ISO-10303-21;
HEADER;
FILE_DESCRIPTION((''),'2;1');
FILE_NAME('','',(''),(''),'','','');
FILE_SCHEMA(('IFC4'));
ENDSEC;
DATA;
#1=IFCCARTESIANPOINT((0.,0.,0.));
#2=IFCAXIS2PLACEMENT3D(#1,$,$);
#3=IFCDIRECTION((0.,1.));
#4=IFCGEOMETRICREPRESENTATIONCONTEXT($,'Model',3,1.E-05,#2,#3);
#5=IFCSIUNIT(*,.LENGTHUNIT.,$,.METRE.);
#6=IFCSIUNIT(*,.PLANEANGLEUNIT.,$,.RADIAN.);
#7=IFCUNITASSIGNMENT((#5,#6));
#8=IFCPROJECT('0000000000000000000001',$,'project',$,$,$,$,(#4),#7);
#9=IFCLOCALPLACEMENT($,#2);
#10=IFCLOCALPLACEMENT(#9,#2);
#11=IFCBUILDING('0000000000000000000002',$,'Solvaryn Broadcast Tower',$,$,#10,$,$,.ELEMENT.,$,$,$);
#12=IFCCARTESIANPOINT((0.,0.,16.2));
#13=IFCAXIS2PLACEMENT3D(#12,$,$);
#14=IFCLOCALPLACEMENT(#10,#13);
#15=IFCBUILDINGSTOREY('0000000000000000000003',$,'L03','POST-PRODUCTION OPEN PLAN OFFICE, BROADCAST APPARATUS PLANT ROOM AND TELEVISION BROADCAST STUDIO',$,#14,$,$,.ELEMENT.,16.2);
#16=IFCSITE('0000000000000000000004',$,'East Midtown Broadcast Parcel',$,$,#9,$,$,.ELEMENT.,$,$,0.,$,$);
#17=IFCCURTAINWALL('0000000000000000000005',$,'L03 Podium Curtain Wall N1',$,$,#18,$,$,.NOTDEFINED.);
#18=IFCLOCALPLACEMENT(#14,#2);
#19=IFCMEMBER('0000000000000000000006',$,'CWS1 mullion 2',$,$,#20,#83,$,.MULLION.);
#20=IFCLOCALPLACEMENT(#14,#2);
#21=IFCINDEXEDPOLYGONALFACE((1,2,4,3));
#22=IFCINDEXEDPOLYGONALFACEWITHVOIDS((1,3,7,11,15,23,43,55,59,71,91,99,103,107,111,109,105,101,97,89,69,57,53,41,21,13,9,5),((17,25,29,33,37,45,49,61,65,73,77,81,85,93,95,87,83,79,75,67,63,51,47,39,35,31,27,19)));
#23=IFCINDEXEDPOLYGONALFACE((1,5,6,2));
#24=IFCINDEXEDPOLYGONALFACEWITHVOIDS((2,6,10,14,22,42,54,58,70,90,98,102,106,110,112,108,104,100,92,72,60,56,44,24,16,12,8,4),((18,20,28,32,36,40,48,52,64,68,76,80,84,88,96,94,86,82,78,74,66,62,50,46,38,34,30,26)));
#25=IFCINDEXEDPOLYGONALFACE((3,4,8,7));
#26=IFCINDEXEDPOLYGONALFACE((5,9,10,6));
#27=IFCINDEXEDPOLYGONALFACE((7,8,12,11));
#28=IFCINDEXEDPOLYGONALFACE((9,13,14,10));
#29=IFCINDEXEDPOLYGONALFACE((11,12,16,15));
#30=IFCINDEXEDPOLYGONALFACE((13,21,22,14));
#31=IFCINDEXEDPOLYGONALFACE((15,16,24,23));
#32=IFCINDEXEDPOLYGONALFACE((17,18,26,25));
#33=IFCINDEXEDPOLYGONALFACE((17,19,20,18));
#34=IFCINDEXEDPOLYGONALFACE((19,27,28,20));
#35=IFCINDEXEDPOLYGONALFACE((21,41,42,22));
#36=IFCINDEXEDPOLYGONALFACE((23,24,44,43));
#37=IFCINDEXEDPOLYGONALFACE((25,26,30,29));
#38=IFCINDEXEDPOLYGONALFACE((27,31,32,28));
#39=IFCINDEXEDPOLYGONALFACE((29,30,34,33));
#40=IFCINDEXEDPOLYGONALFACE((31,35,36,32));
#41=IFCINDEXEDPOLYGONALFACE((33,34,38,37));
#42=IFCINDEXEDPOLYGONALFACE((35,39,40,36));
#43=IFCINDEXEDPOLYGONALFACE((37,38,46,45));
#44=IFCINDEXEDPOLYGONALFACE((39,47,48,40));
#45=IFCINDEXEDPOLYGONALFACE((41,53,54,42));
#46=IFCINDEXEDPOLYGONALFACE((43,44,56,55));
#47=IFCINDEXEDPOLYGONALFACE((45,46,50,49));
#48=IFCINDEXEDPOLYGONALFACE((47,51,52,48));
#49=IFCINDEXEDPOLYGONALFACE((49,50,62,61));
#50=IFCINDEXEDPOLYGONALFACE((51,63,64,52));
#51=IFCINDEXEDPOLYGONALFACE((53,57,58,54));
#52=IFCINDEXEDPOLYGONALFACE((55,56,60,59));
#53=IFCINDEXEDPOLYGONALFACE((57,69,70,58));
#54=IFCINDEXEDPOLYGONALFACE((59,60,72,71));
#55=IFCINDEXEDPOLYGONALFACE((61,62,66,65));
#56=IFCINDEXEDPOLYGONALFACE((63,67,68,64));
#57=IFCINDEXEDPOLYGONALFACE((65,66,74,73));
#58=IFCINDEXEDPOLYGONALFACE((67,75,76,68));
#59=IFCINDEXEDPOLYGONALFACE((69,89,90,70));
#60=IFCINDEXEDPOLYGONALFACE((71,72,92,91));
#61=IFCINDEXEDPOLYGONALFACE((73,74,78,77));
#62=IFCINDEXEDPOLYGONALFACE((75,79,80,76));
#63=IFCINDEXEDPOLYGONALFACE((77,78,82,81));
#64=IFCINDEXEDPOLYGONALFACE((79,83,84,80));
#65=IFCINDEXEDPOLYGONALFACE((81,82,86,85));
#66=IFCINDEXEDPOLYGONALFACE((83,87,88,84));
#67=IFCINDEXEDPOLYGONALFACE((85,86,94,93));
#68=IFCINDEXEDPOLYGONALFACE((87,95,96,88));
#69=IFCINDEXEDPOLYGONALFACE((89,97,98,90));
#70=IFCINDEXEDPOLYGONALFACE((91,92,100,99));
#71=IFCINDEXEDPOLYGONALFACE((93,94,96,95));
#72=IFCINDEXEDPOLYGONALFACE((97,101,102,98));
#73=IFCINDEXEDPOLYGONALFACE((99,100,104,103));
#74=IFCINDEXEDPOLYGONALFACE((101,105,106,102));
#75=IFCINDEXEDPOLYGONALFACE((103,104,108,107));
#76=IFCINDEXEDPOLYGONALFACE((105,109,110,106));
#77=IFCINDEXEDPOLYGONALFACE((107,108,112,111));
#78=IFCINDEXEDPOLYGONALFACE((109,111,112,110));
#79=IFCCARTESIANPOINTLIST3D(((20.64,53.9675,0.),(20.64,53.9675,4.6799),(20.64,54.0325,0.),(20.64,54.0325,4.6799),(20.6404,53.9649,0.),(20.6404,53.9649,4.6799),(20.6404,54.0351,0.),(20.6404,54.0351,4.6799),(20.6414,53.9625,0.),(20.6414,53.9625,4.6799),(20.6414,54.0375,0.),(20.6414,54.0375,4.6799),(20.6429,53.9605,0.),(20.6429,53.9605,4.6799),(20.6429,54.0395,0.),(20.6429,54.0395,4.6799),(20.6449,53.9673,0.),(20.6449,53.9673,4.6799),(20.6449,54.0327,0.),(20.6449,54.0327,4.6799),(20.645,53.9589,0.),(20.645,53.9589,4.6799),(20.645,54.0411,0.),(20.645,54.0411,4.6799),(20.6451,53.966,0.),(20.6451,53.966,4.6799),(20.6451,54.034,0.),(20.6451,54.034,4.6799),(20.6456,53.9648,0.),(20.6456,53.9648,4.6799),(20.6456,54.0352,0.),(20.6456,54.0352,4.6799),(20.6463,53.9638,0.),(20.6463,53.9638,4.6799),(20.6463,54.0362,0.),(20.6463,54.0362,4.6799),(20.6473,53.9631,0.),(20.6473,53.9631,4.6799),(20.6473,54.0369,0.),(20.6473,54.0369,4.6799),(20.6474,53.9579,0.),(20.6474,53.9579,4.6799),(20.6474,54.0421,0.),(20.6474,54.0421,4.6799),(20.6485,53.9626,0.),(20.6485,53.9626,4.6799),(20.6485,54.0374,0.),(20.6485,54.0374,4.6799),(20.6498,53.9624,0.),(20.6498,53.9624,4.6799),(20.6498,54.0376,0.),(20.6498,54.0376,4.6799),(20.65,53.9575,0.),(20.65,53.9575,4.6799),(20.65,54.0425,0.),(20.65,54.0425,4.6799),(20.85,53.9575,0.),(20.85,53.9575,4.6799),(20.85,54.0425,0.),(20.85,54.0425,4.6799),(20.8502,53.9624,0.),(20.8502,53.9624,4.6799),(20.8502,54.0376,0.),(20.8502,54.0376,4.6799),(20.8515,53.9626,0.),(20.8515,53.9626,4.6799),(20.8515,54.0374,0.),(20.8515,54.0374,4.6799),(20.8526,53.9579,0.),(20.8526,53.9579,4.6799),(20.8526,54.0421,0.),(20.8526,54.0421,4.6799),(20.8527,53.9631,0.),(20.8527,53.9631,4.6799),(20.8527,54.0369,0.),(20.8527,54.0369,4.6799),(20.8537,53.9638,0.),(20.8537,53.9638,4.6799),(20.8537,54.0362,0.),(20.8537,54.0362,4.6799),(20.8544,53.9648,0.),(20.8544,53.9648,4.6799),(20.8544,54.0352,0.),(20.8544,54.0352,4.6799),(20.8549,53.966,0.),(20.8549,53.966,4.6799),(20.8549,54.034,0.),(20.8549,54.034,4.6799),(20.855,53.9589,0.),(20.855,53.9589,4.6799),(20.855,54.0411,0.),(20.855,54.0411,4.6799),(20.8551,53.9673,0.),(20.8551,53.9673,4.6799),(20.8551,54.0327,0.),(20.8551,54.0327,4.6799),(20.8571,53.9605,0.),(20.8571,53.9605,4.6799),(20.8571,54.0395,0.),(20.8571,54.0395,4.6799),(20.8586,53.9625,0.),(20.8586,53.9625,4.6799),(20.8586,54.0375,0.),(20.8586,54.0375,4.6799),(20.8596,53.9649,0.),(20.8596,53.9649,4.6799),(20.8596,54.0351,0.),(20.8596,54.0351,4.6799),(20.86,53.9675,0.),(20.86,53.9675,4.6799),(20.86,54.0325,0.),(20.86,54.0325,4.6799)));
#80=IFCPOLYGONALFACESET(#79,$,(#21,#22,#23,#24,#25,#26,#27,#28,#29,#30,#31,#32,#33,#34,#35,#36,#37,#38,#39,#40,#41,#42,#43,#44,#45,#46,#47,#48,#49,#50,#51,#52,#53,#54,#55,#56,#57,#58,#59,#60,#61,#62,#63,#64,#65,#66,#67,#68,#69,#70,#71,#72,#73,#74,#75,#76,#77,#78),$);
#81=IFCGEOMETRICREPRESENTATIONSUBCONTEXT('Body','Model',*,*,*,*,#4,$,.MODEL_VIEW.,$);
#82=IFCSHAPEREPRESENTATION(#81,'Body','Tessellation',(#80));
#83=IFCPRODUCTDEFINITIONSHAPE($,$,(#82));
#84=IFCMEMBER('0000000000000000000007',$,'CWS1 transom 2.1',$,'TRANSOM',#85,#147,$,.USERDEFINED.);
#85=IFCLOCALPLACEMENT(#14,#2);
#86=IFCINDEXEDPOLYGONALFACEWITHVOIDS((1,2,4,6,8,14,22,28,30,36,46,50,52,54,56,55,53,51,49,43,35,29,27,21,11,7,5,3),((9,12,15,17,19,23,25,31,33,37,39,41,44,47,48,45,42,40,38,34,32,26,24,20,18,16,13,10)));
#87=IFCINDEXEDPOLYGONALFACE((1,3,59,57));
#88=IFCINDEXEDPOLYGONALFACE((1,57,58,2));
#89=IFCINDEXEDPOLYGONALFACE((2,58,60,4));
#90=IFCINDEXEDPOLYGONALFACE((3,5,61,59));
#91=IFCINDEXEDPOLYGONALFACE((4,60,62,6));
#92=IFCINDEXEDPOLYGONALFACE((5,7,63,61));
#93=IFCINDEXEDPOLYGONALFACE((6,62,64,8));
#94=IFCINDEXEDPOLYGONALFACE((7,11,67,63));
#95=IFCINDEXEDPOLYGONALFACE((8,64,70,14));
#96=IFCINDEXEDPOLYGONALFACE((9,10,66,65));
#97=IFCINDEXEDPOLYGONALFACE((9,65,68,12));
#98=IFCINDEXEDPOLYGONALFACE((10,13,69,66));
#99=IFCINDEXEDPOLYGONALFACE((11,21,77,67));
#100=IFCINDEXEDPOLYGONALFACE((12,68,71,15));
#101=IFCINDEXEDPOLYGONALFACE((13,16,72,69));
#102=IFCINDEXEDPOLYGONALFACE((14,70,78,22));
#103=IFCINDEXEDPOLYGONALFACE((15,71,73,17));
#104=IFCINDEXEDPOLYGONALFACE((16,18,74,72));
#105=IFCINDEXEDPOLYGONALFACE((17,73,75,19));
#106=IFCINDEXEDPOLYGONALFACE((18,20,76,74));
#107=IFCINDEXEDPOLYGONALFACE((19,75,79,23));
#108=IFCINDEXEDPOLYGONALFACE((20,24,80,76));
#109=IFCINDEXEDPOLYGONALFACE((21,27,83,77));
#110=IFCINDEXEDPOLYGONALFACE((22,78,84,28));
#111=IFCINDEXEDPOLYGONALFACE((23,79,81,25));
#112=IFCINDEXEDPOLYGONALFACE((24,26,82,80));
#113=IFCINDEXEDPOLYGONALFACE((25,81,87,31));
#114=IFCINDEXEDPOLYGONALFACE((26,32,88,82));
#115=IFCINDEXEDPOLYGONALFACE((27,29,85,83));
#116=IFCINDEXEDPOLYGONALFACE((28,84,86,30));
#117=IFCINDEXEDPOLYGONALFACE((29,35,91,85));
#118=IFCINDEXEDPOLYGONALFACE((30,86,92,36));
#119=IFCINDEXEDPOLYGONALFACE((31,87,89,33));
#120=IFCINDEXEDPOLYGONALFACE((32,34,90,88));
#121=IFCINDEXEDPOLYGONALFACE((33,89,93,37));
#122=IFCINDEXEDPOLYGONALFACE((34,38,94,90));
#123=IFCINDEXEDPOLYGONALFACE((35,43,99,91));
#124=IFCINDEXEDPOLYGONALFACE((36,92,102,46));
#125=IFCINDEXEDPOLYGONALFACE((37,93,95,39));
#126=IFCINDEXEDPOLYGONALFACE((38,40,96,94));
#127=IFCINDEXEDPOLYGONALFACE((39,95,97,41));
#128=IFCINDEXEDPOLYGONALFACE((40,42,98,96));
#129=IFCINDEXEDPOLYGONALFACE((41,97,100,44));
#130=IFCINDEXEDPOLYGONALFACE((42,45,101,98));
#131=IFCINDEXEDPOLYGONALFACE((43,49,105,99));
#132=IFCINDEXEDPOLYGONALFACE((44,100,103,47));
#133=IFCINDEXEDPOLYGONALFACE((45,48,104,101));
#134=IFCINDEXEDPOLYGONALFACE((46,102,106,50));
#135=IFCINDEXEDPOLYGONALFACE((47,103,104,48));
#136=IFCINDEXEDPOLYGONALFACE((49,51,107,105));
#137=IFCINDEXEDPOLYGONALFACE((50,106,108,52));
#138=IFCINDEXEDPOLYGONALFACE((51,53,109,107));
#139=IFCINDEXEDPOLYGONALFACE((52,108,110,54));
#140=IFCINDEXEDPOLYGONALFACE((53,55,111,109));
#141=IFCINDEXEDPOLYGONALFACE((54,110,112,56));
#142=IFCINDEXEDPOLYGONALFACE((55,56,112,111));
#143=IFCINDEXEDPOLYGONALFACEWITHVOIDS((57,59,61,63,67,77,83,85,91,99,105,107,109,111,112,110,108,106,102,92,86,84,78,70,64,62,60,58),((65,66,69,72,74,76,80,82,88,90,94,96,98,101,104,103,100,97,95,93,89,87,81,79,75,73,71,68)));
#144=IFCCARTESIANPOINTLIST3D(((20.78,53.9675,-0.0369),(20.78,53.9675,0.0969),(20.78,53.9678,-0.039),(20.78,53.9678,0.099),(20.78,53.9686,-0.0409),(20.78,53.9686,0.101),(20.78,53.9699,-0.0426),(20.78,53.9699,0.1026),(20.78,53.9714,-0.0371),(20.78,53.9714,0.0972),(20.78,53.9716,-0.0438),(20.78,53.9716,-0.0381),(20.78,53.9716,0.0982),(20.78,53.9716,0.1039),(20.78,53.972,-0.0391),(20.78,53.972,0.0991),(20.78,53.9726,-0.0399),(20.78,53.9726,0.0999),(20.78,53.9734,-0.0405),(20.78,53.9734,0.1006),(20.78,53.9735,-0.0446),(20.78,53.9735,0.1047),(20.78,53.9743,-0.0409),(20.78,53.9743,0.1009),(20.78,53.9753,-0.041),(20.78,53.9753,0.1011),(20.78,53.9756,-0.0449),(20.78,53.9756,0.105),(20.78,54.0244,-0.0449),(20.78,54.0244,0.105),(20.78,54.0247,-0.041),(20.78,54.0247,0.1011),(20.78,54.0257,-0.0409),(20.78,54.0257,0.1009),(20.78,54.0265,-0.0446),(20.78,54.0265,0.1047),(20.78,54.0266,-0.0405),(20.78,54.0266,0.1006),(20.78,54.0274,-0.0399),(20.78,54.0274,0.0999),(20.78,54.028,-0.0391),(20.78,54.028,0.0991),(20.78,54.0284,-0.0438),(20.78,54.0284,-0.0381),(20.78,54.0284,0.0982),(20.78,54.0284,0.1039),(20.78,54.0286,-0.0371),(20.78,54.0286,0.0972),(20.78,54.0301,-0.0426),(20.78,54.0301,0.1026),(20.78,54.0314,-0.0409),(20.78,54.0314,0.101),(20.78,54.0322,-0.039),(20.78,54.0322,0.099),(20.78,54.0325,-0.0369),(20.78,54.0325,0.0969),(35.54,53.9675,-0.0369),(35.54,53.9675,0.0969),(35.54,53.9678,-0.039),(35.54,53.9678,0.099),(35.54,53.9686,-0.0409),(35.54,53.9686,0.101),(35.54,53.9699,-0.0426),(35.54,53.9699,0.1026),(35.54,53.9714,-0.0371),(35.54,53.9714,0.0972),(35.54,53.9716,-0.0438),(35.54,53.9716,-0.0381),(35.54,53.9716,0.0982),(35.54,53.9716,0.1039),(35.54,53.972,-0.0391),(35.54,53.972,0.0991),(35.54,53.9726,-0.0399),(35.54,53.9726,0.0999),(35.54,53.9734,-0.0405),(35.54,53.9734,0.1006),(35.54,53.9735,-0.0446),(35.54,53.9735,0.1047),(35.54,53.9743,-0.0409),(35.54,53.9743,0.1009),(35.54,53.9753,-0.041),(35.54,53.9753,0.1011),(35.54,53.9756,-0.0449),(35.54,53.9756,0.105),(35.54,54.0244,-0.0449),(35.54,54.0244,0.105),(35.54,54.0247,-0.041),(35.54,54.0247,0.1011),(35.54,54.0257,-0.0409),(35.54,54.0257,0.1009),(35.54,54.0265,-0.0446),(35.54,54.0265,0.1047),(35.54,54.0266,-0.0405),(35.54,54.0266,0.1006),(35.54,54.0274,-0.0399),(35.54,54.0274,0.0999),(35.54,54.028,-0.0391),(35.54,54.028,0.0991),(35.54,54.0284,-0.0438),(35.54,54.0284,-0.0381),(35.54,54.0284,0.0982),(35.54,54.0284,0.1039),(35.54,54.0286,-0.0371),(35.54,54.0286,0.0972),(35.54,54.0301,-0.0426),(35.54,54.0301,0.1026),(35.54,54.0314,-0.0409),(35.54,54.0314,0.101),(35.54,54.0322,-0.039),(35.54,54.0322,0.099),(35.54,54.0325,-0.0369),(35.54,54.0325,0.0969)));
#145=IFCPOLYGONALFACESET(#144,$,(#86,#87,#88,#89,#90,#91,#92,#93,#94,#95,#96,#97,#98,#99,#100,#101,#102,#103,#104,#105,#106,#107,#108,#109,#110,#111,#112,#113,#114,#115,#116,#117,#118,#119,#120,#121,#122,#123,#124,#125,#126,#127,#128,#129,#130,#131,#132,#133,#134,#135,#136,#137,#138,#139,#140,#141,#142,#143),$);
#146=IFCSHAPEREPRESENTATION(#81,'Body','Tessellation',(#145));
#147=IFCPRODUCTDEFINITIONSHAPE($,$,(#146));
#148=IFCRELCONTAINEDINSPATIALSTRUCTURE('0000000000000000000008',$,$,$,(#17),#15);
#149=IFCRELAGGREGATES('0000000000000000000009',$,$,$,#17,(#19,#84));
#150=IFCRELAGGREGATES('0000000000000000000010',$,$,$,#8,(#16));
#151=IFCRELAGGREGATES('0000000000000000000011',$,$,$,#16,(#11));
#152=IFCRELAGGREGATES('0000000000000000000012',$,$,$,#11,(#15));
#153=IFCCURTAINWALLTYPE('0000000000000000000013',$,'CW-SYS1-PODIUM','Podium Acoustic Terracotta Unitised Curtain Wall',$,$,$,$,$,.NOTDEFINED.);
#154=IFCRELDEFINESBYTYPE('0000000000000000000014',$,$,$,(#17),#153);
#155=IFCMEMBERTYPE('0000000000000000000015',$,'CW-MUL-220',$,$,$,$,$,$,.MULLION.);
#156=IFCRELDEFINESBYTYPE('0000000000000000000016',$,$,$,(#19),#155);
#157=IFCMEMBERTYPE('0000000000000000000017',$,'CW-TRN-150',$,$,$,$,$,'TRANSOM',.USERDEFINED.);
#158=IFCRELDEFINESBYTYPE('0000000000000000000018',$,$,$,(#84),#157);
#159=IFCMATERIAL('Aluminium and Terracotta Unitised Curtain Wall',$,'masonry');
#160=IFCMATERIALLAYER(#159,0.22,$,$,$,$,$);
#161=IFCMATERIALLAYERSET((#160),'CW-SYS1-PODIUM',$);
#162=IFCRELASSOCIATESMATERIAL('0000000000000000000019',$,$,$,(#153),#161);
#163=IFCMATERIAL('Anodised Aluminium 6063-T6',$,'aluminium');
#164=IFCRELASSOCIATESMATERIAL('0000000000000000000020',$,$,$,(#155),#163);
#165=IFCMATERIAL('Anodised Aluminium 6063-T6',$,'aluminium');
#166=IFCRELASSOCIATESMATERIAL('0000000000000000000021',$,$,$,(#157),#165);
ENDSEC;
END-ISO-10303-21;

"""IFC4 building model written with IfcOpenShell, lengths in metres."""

from ifc_helpers import new_model, si_unit, direction, frame, origin, origin_2d, place, context, subcontext, project, spatial, hollow_rectangle, extrude, material, layer, layer_set, material_profile, profile_set, type_object, element, aggregate, save


model = new_model("IFC4")

# Units and contexts
model_context = context("Model", 3, precision=1e-05, world=origin(), true_north=direction((0.0, 1.0)))
body_context = subcontext(model_context, "Body", "Model", "MODEL_VIEW")
ifc_project = project(units=[si_unit("LENGTHUNIT", "METRE"), si_unit("PLANEANGLEUNIT", "RADIAN")], contexts=[model_context])

# Site, building, storey
site_placement = place(None, origin())
site = spatial("IfcSite", under=ifc_project, at=site_placement, Name="East Midtown Broadcast Parcel", CompositionType="ELEMENT", RefElevation=0.0)
building_placement = place(site_placement, origin())
building = spatial("IfcBuilding", under=site, at=building_placement, Name="Solvaryn Broadcast Tower", CompositionType="ELEMENT")
storey_placement = place(building_placement, frame((0.0, 0.0, 16.2)))
storey = spatial("IfcBuildingStorey", under=building, at=storey_placement, Name="L03", Description="POST-PRODUCTION OPEN PLAN OFFICE, BROADCAST APPARATUS PLANT ROOM AND TELEVISION BROADCAST STUDIO", CompositionType="ELEMENT", Elevation=16.2)

# Curtain wall, members
ifc_material_1 = material(Name="Aluminium and Terracotta Unitised Curtain Wall", Category="masonry")
ifc_layer_1 = layer(ifc_material_1, 0.22)
ifc_layer_set_1 = layer_set([ifc_layer_1], Name="CW-SYS1-PODIUM")
curtain_wall_type = type_object("IfcCurtainWallType", Name="CW-SYS1-PODIUM", Description="Podium Acoustic Terracotta Unitised Curtain Wall", PredefinedType="NOTDEFINED", material=ifc_layer_set_1)
curtain_wall_placement = place(storey_placement, origin())
curtain_wall = element("IfcCurtainWall", 1, at=curtain_wall_placement, inside=storey, type_object=curtain_wall_type, Name="L03 Podium Curtain Wall N1", PredefinedType="NOTDEFINED")
ifc_material_2 = material(Name="Anodised Aluminium 6063-T6", Category="aluminium")
ifc_material_profile_1 = material_profile(ifc_material_2, hollow_rectangle(XDim=0.085, YDim=0.22, WallThickness=0.0049, InnerFilletRadius=0.0049, OuterFilletRadius=0.01, at=origin_2d()))
ifc_profile_set_1 = profile_set([ifc_material_profile_1], Name="Anodised Aluminium 6063-T6")
member_type_1 = type_object("IfcMemberType", Name="CW-MUL-220", PredefinedType="MULLION", material=ifc_profile_set_1)
member_1_placement = place(storey_placement, frame((20.75, 54.0, 0.0), z_axis=(0.0, 0.0, 1.0), x_axis=(0.0, 1.0, 0.0)))
member_1 = element("IfcMember", 2, at=member_1_placement, type_object=member_type_1, Name="CWS1 mullion 2", PredefinedType="MULLION", context=body_context, shape_type="SweptSolid", body=[
    extrude(hollow_rectangle(XDim=0.085, YDim=0.22, WallThickness=0.0049, InnerFilletRadius=0.0049, OuterFilletRadius=0.01, at=origin_2d()), origin(), (0.0, 0.0, 1.0), 4.6799),
])
ifc_material_3 = material(Name="Anodised Aluminium 6063-T6", Category="aluminium")
ifc_material_profile_2 = material_profile(ifc_material_3, hollow_rectangle(XDim=0.0649, YDim=0.1499, WallThickness=0.0039, InnerFilletRadius=0.0039, OuterFilletRadius=0.0081, at=origin_2d()))
ifc_profile_set_2 = profile_set([ifc_material_profile_2], Name="Anodised Aluminium 6063-T6")
member_type_2 = type_object("IfcMemberType", Name="CW-TRN-150", ElementType="TRANSOM", PredefinedType="USERDEFINED", material=ifc_profile_set_2)
member_2_placement = place(storey_placement, frame((20.78, 54.0, 0.03), z_axis=(1.0, 0.0, 0.0), x_axis=(0.0, 1.0, 0.0)))
member_2 = element("IfcMember", 3, at=member_2_placement, type_object=member_type_2, Name="CWS1 transom 2.1", ObjectType="TRANSOM", PredefinedType="USERDEFINED", context=body_context, shape_type="SweptSolid", body=[
    extrude(hollow_rectangle(XDim=0.0649, YDim=0.1499, WallThickness=0.0039, InnerFilletRadius=0.0039, OuterFilletRadius=0.0081, at=origin_2d()), origin(), (0.0, 0.0, 1.0), 14.76),
])
aggregate(curtain_wall, [member_1, member_2])

save(model, "model.ifc")
